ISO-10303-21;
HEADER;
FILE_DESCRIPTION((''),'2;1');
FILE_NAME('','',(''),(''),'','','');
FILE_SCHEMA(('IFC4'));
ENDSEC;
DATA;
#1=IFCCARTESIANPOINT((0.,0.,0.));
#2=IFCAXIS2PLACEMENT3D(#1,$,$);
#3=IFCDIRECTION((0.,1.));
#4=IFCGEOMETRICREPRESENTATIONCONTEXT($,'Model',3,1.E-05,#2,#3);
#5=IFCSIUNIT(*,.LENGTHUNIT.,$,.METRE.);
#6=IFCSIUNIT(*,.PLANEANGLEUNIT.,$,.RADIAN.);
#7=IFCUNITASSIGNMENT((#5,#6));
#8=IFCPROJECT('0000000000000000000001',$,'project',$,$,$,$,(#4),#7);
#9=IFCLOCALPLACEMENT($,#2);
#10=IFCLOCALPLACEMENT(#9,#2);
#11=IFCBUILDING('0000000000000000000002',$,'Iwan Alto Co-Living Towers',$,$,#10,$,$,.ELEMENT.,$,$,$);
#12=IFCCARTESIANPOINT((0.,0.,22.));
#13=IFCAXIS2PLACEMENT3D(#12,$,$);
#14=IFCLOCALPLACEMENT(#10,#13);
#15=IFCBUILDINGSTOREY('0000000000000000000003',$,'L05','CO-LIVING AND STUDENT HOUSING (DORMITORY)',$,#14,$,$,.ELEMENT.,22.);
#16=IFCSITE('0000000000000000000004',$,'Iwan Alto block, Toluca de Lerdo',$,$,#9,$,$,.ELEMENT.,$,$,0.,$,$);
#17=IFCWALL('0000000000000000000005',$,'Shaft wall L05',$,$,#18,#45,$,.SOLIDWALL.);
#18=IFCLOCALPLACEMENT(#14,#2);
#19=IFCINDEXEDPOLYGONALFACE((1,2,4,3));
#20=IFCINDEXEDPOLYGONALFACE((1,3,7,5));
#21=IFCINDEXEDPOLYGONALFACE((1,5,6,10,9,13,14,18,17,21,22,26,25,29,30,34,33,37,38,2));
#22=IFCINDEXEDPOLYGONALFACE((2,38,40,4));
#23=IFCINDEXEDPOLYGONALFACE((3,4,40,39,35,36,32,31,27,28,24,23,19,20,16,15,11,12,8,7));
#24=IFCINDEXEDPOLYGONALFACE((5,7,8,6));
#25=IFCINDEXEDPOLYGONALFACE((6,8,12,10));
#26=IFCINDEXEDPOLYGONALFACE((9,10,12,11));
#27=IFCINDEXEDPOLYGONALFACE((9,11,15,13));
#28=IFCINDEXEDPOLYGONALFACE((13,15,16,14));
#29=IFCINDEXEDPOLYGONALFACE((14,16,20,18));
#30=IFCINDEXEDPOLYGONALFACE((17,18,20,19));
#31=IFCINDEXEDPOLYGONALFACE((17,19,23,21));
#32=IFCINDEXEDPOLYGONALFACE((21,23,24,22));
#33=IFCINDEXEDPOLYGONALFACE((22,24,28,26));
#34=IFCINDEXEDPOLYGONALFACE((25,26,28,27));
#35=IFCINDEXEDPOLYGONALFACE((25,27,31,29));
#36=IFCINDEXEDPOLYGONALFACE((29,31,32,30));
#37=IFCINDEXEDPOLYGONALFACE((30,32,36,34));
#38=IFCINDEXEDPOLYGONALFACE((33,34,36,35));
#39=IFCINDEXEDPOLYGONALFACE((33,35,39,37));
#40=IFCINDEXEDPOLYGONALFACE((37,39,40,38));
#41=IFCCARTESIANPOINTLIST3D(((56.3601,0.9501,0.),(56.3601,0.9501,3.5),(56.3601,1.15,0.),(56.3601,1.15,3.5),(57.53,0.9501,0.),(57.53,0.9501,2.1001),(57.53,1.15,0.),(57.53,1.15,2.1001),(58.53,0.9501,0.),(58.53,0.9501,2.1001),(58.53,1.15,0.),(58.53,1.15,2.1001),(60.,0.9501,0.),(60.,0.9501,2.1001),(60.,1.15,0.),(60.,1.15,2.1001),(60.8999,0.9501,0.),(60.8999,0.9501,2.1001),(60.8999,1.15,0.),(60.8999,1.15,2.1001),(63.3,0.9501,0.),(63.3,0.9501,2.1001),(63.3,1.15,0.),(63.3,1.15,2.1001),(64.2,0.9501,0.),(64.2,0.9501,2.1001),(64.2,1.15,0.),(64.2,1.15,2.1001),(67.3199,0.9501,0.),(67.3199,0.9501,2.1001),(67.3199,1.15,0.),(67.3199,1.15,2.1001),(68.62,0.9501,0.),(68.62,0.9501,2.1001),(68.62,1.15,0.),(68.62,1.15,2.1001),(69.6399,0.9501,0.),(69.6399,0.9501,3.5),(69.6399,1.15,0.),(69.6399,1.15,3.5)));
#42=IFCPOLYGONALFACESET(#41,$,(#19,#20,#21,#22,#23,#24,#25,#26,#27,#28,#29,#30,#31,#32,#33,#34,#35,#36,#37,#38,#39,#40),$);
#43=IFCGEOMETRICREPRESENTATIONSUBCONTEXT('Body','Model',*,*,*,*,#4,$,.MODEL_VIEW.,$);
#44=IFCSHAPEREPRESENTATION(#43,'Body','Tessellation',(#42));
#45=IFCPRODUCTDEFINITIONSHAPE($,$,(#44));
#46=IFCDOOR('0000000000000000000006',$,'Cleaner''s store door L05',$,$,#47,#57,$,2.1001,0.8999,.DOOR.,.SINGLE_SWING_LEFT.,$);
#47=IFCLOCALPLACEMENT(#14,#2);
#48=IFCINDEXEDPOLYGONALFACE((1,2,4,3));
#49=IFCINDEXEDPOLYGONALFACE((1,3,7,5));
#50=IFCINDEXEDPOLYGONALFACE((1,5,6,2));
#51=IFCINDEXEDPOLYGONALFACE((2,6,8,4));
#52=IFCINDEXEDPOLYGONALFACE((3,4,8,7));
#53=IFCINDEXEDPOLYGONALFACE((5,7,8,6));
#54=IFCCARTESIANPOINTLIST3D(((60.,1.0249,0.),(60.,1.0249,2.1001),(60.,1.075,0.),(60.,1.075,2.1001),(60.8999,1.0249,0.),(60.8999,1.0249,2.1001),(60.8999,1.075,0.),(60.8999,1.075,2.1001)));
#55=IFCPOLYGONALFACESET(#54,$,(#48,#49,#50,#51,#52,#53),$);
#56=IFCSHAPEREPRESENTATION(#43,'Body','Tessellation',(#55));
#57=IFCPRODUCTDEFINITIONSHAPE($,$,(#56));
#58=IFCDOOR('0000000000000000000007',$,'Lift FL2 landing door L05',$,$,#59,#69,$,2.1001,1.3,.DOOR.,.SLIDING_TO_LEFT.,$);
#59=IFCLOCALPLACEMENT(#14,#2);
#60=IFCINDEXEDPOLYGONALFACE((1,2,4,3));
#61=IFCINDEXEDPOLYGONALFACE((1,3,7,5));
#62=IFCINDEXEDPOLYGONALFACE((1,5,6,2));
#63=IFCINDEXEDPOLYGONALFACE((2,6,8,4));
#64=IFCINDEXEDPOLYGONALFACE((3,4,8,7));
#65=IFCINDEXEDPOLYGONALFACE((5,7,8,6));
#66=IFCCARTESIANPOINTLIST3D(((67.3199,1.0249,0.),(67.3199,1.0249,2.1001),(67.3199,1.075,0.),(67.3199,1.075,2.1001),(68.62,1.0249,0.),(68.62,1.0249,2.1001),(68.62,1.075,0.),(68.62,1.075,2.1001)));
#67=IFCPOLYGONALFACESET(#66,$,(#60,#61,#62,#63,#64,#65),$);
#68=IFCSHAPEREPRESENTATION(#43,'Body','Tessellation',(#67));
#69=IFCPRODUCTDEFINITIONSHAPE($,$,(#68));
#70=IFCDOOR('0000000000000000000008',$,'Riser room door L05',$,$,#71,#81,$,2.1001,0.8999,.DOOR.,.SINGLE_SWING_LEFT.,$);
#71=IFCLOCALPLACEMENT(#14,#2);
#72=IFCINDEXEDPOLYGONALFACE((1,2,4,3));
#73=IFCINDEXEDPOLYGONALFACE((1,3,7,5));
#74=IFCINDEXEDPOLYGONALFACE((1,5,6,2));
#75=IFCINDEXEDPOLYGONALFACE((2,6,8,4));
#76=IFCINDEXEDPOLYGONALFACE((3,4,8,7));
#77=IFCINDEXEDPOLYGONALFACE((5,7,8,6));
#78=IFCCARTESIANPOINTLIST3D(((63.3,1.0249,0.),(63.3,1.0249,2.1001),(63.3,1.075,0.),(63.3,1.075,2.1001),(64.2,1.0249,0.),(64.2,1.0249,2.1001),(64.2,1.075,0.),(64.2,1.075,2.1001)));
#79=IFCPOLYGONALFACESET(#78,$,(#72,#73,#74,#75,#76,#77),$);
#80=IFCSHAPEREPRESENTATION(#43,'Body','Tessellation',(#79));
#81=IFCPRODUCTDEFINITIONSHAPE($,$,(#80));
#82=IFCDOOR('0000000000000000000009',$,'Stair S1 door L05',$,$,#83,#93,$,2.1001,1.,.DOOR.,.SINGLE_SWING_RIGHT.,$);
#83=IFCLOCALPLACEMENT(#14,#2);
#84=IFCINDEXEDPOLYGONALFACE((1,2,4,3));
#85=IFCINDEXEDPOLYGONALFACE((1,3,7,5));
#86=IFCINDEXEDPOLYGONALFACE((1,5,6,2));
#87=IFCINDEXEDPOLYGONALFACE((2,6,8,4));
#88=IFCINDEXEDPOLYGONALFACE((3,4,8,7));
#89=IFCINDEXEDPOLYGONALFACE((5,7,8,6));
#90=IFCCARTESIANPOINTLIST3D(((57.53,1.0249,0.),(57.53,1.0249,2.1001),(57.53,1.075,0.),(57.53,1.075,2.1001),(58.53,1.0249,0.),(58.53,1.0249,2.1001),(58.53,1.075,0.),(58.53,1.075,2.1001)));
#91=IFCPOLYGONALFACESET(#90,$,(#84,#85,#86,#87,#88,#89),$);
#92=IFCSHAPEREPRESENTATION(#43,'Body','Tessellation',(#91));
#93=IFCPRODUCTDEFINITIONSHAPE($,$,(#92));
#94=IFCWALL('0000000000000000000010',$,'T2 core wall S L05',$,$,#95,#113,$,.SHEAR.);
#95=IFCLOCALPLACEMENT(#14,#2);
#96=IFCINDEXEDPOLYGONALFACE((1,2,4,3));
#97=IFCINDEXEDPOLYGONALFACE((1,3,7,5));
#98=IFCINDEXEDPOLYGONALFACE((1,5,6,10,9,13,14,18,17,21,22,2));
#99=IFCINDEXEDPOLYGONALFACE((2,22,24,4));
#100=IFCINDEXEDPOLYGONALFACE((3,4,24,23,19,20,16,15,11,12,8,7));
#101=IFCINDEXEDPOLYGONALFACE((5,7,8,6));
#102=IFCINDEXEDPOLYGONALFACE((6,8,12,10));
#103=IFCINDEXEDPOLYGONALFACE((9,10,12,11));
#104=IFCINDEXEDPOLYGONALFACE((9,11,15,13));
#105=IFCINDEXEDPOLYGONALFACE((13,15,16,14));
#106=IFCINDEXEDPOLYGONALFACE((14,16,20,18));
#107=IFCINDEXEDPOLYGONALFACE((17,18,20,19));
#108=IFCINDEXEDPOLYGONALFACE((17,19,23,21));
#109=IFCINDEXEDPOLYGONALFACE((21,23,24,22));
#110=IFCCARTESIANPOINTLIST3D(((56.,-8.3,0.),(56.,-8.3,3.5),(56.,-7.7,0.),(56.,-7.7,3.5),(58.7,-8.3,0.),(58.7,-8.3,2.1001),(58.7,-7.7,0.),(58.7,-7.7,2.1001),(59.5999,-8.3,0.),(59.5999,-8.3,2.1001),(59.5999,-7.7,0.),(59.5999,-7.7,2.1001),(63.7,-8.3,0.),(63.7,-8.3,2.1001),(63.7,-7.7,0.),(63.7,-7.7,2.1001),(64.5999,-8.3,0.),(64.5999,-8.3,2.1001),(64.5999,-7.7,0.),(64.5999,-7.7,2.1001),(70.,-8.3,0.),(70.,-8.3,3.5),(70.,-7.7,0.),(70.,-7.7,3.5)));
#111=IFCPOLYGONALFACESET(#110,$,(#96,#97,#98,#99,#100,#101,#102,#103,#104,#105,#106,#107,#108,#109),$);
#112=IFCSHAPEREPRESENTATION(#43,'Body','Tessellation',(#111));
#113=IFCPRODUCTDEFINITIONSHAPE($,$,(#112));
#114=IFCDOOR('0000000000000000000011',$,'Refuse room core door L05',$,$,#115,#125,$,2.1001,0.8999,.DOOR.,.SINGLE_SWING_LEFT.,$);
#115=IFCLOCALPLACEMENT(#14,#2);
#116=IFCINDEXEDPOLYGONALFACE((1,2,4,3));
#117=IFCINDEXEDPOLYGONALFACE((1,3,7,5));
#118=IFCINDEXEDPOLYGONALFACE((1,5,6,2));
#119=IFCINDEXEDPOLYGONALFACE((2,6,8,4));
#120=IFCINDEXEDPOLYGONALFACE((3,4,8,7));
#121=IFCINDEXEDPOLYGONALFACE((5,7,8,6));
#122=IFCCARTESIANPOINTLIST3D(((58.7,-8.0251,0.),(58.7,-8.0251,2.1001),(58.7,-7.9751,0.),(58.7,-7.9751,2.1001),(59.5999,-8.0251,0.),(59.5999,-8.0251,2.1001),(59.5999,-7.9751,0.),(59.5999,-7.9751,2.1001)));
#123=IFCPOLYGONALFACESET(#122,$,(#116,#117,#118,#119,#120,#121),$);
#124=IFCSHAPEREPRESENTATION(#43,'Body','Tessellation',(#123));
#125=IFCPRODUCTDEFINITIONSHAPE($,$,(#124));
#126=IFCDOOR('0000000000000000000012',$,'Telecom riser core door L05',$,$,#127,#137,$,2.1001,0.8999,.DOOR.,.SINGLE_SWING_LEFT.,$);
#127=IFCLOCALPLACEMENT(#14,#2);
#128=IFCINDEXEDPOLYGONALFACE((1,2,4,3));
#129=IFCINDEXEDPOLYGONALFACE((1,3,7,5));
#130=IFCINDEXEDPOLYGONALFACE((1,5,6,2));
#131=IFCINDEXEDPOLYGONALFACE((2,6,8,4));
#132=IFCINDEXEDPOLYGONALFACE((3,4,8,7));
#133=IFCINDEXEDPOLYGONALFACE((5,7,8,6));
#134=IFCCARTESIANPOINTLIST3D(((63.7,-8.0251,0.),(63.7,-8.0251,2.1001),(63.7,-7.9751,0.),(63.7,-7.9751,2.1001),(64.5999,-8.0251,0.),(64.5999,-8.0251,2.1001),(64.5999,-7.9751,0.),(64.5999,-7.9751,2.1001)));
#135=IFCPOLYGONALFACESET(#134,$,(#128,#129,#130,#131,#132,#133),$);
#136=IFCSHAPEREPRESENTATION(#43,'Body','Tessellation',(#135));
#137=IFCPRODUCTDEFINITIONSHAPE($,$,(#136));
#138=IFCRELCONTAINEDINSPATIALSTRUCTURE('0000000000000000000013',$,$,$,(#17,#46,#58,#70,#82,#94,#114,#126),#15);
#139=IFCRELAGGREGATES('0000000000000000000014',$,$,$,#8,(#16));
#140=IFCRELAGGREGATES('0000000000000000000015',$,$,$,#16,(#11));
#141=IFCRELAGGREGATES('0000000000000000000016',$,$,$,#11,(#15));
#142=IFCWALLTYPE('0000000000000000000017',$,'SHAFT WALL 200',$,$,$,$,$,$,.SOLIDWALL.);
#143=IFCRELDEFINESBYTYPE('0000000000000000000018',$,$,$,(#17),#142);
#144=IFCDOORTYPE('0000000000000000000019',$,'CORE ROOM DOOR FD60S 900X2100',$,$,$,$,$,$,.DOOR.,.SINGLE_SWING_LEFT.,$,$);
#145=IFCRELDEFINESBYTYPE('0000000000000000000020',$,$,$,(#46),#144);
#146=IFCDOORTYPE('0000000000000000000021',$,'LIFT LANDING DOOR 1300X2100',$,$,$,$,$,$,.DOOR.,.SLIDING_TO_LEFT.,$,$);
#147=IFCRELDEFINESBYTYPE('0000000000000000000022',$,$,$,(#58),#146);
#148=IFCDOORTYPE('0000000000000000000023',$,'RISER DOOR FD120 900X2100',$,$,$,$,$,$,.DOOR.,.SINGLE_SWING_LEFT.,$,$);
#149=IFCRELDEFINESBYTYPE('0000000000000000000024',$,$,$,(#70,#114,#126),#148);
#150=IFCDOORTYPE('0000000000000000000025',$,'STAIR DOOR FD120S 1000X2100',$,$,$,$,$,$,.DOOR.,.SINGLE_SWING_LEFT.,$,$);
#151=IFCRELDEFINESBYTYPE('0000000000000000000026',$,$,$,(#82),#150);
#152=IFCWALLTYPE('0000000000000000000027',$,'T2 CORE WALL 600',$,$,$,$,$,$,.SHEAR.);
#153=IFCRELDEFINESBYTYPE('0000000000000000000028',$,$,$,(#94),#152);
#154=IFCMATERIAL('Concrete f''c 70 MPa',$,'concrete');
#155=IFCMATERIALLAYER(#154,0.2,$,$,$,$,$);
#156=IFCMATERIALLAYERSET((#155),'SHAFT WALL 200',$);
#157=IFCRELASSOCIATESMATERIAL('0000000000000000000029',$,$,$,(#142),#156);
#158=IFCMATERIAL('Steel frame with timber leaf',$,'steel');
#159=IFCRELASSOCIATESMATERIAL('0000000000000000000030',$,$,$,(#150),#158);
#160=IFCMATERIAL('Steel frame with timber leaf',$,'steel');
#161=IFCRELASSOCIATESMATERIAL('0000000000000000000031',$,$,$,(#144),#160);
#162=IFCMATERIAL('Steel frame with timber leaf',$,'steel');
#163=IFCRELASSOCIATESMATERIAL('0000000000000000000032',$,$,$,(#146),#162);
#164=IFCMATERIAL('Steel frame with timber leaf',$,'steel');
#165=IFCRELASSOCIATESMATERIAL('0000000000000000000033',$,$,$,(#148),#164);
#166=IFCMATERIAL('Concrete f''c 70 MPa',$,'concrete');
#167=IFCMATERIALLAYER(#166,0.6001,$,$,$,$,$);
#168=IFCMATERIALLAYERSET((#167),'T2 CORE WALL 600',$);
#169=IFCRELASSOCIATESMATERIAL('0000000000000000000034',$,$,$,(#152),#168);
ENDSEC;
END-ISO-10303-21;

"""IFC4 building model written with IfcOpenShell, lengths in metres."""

from ifc_helpers import new_model, si_unit, direction, frame, frame_2d, origin, place, context, subcontext, project, spatial, rectangle, extrude, material, layer, layer_set, type_object, element, fill, save


model = new_model("IFC4")

# Units and contexts
model_context = context("Model", 3, precision=1e-05, world=origin(), true_north=direction((0.0, 1.0)))
body_context = subcontext(model_context, "Body", "Model", "MODEL_VIEW")
ifc_project = project(units=[si_unit("LENGTHUNIT", "METRE"), si_unit("PLANEANGLEUNIT", "RADIAN")], contexts=[model_context])

# Site, building, storey
site_placement = place(None, origin())
site = spatial("IfcSite", under=ifc_project, at=site_placement, Name="Iwan Alto block, Toluca de Lerdo", CompositionType="ELEMENT", RefElevation=0.0)
building_placement = place(site_placement, origin())
building = spatial("IfcBuilding", under=site, at=building_placement, Name="Iwan Alto Co-Living Towers", CompositionType="ELEMENT")
storey_placement = place(building_placement, frame((0.0, 0.0, 22.0)))
storey = spatial("IfcBuildingStorey", under=building, at=storey_placement, Name="L05", Description="CO-LIVING AND STUDENT HOUSING (DORMITORY)", CompositionType="ELEMENT", Elevation=22.0)

# Shared definitions
ifc_material_1 = material(Name="Concrete f'c 70 MPa", Category="concrete")
ifc_layer_1 = layer(ifc_material_1, 0.2)
ifc_layer_set_1 = layer_set([ifc_layer_1], Name="SHAFT WALL 200")
wall_type_1 = type_object("IfcWallType", Name="SHAFT WALL 200", PredefinedType="SOLIDWALL", material=ifc_layer_set_1)

# Walls, openings, doors
ifc_material_2 = material(Name="Steel frame with timber leaf", Category="steel")
door_type_1 = type_object("IfcDoorType", Name="STAIR DOOR FD120S 1000X2100", OperationType="SINGLE_SWING_LEFT", PredefinedType="DOOR", material=ifc_material_2)
wall_1_placement = place(storey_placement, frame((56.3601, 1.05, 0.0), z_axis=(0.0, 0.0, 1.0), x_axis=(1.0, 0.0, 0.0)))
wall_1 = element("IfcWall", 1, at=wall_1_placement, inside=storey, type_object=wall_type_1, Name="Shaft wall L05", PredefinedType="SOLIDWALL", context=body_context, shape_type="SweptSolid", body=[
    extrude(rectangle(XDim=13.2798, YDim=0.2, at=frame_2d((6.6399, 0.0))), origin(), (0.0, 0.0, 1.0), 3.5),
])
opening_1_placement = place(wall_1_placement, frame((1.1699, 0.0, 0.0)))
opening_1 = element("IfcOpeningElement", 2, at=opening_1_placement, cuts=wall_1, PredefinedType="OPENING", context=body_context, shape_type="SweptSolid", body=[
    extrude(rectangle(XDim=1.0, YDim=2.1001, at=frame_2d((0.5, 1.05))), frame((0.0, 0.1099, 0.0), z_axis=(0.0, -1.0, 0.0), x_axis=(1.0, 0.0, 0.0)), (0.0, 0.0, 1.0), 0.22),
])
opening_2_placement = place(wall_1_placement, frame((6.9399, 0.0, 0.0)))
opening_2 = element("IfcOpeningElement", 3, at=opening_2_placement, cuts=wall_1, PredefinedType="OPENING", context=body_context, shape_type="SweptSolid", body=[
    extrude(rectangle(XDim=0.8999, YDim=2.1001, at=frame_2d((0.45, 1.05))), frame((0.0, 0.1099, 0.0), z_axis=(0.0, -1.0, 0.0), x_axis=(1.0, 0.0, 0.0)), (0.0, 0.0, 1.0), 0.22),
])
opening_3_placement = place(wall_1_placement, frame((3.6399, 0.0, 0.0)))
opening_3 = element("IfcOpeningElement", 4, at=opening_3_placement, cuts=wall_1, PredefinedType="OPENING", context=body_context, shape_type="SweptSolid", body=[
    extrude(rectangle(XDim=0.8999, YDim=2.1001, at=frame_2d((0.45, 1.05))), frame((0.0, 0.1099, 0.0), z_axis=(0.0, -1.0, 0.0), x_axis=(1.0, 0.0, 0.0)), (0.0, 0.0, 1.0), 0.22),
])
opening_4_placement = place(wall_1_placement, frame((10.96, 0.0, 0.0)))
opening_4 = element("IfcOpeningElement", 5, at=opening_4_placement, cuts=wall_1, PredefinedType="OPENING", context=body_context, shape_type="SweptSolid", body=[
    extrude(rectangle(XDim=1.3, YDim=2.1001, at=frame_2d((0.6499, 1.05))), frame((0.0, 0.1099, 0.0), z_axis=(0.0, -1.0, 0.0), x_axis=(1.0, 0.0, 0.0)), (0.0, 0.0, 1.0), 0.22),
])
ifc_material_3 = material(Name="Steel frame with timber leaf", Category="steel")
door_type_2 = type_object("IfcDoorType", Name="CORE ROOM DOOR FD60S 900X2100", OperationType="SINGLE_SWING_LEFT", PredefinedType="DOOR", material=ifc_material_3)
door_1_placement = place(opening_3_placement, origin())
door_1 = element("IfcDoor", 6, at=door_1_placement, inside=storey, type_object=door_type_2, Name="Cleaner's store door L05", OperationType="SINGLE_SWING_LEFT", OverallHeight=2.1001, OverallWidth=0.8999, PredefinedType="DOOR", context=body_context, shape_type="SweptSolid", body=[
    extrude(rectangle(XDim=0.8999, YDim=2.1001, at=frame_2d((0.45, 1.05))), frame((0.0, 0.0249, 0.0), z_axis=(0.0, -1.0, 0.0), x_axis=(1.0, 0.0, 0.0)), (0.0, 0.0, 1.0), 0.05),
])
fill(opening_3, door_1)
ifc_material_4 = material(Name="Steel frame with timber leaf", Category="steel")
door_type_3 = type_object("IfcDoorType", Name="LIFT LANDING DOOR 1300X2100", OperationType="SLIDING_TO_LEFT", PredefinedType="DOOR", material=ifc_material_4)
door_2_placement = place(opening_4_placement, origin())
door_2 = element("IfcDoor", 7, at=door_2_placement, inside=storey, type_object=door_type_3, Name="Lift FL2 landing door L05", OperationType="SLIDING_TO_LEFT", OverallHeight=2.1001, OverallWidth=1.3, PredefinedType="DOOR", context=body_context, shape_type="SweptSolid", body=[
    extrude(rectangle(XDim=1.3, YDim=2.1001, at=frame_2d((0.6499, 1.05))), frame((0.0, 0.0249, 0.0), z_axis=(0.0, -1.0, 0.0), x_axis=(1.0, 0.0, 0.0)), (0.0, 0.0, 1.0), 0.05),
])
fill(opening_4, door_2)
ifc_material_5 = material(Name="Steel frame with timber leaf", Category="steel")
door_type_4 = type_object("IfcDoorType", Name="RISER DOOR FD120 900X2100", OperationType="SINGLE_SWING_LEFT", PredefinedType="DOOR", material=ifc_material_5)
door_3_placement = place(opening_2_placement, origin())
door_3 = element("IfcDoor", 8, at=door_3_placement, inside=storey, type_object=door_type_4, Name="Riser room door L05", OperationType="SINGLE_SWING_LEFT", OverallHeight=2.1001, OverallWidth=0.8999, PredefinedType="DOOR", context=body_context, shape_type="SweptSolid", body=[
    extrude(rectangle(XDim=0.8999, YDim=2.1001, at=frame_2d((0.45, 1.05))), frame((0.0, 0.0249, 0.0), z_axis=(0.0, -1.0, 0.0), x_axis=(1.0, 0.0, 0.0)), (0.0, 0.0, 1.0), 0.05),
])
fill(opening_2, door_3)
door_4_placement = place(opening_1_placement, origin())
door_4 = element("IfcDoor", 9, at=door_4_placement, inside=storey, type_object=door_type_1, Name="Stair S1 door L05", OperationType="SINGLE_SWING_RIGHT", OverallHeight=2.1001, OverallWidth=1.0, PredefinedType="DOOR", context=body_context, shape_type="SweptSolid", body=[
    extrude(rectangle(XDim=1.0, YDim=2.1001, at=frame_2d((0.5, 1.05))), frame((0.0, 0.0249, 0.0), z_axis=(0.0, -1.0, 0.0), x_axis=(1.0, 0.0, 0.0)), (0.0, 0.0, 1.0), 0.05),
])
fill(opening_1, door_4)
ifc_material_6 = material(Name="Concrete f'c 70 MPa", Category="concrete")
ifc_layer_2 = layer(ifc_material_6, 0.6001)
ifc_layer_set_2 = layer_set([ifc_layer_2], Name="T2 CORE WALL 600")
wall_type_2 = type_object("IfcWallType", Name="T2 CORE WALL 600", PredefinedType="SHEAR", material=ifc_layer_set_2)
wall_2_placement = place(storey_placement, frame((56.0, -8.0, 0.0), z_axis=(0.0, 0.0, 1.0), x_axis=(1.0, 0.0, 0.0)))
wall_2 = element("IfcWall", 10, at=wall_2_placement, inside=storey, type_object=wall_type_2, Name="T2 core wall S L05", PredefinedType="SHEAR", context=body_context, shape_type="SweptSolid", body=[
    extrude(rectangle(XDim=14.0, YDim=0.6001, at=frame_2d((7.0, 0.0))), origin(), (0.0, 0.0, 1.0), 3.5),
])
opening_5_placement = place(wall_2_placement, frame((2.7, 0.0, 0.0)))
opening_5 = element("IfcOpeningElement", 11, at=opening_5_placement, cuts=wall_2, PredefinedType="OPENING", context=body_context, shape_type="SweptSolid", body=[
    extrude(rectangle(XDim=0.8999, YDim=2.1001, at=frame_2d((0.45, 1.05))), frame((0.0, 0.3101, 0.0), z_axis=(0.0, -1.0, 0.0), x_axis=(1.0, 0.0, 0.0)), (0.0, 0.0, 1.0), 0.6201),
])
opening_6_placement = place(wall_2_placement, frame((7.7, 0.0, 0.0)))
opening_6 = element("IfcOpeningElement", 12, at=opening_6_placement, cuts=wall_2, PredefinedType="OPENING", context=body_context, shape_type="SweptSolid", body=[
    extrude(rectangle(XDim=0.8999, YDim=2.1001, at=frame_2d((0.45, 1.05))), frame((0.0, 0.3101, 0.0), z_axis=(0.0, -1.0, 0.0), x_axis=(1.0, 0.0, 0.0)), (0.0, 0.0, 1.0), 0.6201),
])
door_5_placement = place(opening_5_placement, origin())
door_5 = element("IfcDoor", 13, at=door_5_placement, inside=storey, type_object=door_type_4, Name="Refuse room core door L05", OperationType="SINGLE_SWING_LEFT", OverallHeight=2.1001, OverallWidth=0.8999, PredefinedType="DOOR", context=body_context, shape_type="SweptSolid", body=[
    extrude(rectangle(XDim=0.8999, YDim=2.1001, at=frame_2d((0.45, 1.05))), frame((0.0, 0.0249, 0.0), z_axis=(0.0, -1.0, 0.0), x_axis=(1.0, 0.0, 0.0)), (0.0, 0.0, 1.0), 0.05),
])
fill(opening_5, door_5)
door_6_placement = place(opening_6_placement, origin())
door_6 = element("IfcDoor", 14, at=door_6_placement, inside=storey, type_object=door_type_4, Name="Telecom riser core door L05", OperationType="SINGLE_SWING_LEFT", OverallHeight=2.1001, OverallWidth=0.8999, PredefinedType="DOOR", context=body_context, shape_type="SweptSolid", body=[
    extrude(rectangle(XDim=0.8999, YDim=2.1001, at=frame_2d((0.45, 1.05))), frame((0.0, 0.0249, 0.0), z_axis=(0.0, -1.0, 0.0), x_axis=(1.0, 0.0, 0.0)), (0.0, 0.0, 1.0), 0.05),
])
fill(opening_6, door_6)

save(model, "model.ifc")
